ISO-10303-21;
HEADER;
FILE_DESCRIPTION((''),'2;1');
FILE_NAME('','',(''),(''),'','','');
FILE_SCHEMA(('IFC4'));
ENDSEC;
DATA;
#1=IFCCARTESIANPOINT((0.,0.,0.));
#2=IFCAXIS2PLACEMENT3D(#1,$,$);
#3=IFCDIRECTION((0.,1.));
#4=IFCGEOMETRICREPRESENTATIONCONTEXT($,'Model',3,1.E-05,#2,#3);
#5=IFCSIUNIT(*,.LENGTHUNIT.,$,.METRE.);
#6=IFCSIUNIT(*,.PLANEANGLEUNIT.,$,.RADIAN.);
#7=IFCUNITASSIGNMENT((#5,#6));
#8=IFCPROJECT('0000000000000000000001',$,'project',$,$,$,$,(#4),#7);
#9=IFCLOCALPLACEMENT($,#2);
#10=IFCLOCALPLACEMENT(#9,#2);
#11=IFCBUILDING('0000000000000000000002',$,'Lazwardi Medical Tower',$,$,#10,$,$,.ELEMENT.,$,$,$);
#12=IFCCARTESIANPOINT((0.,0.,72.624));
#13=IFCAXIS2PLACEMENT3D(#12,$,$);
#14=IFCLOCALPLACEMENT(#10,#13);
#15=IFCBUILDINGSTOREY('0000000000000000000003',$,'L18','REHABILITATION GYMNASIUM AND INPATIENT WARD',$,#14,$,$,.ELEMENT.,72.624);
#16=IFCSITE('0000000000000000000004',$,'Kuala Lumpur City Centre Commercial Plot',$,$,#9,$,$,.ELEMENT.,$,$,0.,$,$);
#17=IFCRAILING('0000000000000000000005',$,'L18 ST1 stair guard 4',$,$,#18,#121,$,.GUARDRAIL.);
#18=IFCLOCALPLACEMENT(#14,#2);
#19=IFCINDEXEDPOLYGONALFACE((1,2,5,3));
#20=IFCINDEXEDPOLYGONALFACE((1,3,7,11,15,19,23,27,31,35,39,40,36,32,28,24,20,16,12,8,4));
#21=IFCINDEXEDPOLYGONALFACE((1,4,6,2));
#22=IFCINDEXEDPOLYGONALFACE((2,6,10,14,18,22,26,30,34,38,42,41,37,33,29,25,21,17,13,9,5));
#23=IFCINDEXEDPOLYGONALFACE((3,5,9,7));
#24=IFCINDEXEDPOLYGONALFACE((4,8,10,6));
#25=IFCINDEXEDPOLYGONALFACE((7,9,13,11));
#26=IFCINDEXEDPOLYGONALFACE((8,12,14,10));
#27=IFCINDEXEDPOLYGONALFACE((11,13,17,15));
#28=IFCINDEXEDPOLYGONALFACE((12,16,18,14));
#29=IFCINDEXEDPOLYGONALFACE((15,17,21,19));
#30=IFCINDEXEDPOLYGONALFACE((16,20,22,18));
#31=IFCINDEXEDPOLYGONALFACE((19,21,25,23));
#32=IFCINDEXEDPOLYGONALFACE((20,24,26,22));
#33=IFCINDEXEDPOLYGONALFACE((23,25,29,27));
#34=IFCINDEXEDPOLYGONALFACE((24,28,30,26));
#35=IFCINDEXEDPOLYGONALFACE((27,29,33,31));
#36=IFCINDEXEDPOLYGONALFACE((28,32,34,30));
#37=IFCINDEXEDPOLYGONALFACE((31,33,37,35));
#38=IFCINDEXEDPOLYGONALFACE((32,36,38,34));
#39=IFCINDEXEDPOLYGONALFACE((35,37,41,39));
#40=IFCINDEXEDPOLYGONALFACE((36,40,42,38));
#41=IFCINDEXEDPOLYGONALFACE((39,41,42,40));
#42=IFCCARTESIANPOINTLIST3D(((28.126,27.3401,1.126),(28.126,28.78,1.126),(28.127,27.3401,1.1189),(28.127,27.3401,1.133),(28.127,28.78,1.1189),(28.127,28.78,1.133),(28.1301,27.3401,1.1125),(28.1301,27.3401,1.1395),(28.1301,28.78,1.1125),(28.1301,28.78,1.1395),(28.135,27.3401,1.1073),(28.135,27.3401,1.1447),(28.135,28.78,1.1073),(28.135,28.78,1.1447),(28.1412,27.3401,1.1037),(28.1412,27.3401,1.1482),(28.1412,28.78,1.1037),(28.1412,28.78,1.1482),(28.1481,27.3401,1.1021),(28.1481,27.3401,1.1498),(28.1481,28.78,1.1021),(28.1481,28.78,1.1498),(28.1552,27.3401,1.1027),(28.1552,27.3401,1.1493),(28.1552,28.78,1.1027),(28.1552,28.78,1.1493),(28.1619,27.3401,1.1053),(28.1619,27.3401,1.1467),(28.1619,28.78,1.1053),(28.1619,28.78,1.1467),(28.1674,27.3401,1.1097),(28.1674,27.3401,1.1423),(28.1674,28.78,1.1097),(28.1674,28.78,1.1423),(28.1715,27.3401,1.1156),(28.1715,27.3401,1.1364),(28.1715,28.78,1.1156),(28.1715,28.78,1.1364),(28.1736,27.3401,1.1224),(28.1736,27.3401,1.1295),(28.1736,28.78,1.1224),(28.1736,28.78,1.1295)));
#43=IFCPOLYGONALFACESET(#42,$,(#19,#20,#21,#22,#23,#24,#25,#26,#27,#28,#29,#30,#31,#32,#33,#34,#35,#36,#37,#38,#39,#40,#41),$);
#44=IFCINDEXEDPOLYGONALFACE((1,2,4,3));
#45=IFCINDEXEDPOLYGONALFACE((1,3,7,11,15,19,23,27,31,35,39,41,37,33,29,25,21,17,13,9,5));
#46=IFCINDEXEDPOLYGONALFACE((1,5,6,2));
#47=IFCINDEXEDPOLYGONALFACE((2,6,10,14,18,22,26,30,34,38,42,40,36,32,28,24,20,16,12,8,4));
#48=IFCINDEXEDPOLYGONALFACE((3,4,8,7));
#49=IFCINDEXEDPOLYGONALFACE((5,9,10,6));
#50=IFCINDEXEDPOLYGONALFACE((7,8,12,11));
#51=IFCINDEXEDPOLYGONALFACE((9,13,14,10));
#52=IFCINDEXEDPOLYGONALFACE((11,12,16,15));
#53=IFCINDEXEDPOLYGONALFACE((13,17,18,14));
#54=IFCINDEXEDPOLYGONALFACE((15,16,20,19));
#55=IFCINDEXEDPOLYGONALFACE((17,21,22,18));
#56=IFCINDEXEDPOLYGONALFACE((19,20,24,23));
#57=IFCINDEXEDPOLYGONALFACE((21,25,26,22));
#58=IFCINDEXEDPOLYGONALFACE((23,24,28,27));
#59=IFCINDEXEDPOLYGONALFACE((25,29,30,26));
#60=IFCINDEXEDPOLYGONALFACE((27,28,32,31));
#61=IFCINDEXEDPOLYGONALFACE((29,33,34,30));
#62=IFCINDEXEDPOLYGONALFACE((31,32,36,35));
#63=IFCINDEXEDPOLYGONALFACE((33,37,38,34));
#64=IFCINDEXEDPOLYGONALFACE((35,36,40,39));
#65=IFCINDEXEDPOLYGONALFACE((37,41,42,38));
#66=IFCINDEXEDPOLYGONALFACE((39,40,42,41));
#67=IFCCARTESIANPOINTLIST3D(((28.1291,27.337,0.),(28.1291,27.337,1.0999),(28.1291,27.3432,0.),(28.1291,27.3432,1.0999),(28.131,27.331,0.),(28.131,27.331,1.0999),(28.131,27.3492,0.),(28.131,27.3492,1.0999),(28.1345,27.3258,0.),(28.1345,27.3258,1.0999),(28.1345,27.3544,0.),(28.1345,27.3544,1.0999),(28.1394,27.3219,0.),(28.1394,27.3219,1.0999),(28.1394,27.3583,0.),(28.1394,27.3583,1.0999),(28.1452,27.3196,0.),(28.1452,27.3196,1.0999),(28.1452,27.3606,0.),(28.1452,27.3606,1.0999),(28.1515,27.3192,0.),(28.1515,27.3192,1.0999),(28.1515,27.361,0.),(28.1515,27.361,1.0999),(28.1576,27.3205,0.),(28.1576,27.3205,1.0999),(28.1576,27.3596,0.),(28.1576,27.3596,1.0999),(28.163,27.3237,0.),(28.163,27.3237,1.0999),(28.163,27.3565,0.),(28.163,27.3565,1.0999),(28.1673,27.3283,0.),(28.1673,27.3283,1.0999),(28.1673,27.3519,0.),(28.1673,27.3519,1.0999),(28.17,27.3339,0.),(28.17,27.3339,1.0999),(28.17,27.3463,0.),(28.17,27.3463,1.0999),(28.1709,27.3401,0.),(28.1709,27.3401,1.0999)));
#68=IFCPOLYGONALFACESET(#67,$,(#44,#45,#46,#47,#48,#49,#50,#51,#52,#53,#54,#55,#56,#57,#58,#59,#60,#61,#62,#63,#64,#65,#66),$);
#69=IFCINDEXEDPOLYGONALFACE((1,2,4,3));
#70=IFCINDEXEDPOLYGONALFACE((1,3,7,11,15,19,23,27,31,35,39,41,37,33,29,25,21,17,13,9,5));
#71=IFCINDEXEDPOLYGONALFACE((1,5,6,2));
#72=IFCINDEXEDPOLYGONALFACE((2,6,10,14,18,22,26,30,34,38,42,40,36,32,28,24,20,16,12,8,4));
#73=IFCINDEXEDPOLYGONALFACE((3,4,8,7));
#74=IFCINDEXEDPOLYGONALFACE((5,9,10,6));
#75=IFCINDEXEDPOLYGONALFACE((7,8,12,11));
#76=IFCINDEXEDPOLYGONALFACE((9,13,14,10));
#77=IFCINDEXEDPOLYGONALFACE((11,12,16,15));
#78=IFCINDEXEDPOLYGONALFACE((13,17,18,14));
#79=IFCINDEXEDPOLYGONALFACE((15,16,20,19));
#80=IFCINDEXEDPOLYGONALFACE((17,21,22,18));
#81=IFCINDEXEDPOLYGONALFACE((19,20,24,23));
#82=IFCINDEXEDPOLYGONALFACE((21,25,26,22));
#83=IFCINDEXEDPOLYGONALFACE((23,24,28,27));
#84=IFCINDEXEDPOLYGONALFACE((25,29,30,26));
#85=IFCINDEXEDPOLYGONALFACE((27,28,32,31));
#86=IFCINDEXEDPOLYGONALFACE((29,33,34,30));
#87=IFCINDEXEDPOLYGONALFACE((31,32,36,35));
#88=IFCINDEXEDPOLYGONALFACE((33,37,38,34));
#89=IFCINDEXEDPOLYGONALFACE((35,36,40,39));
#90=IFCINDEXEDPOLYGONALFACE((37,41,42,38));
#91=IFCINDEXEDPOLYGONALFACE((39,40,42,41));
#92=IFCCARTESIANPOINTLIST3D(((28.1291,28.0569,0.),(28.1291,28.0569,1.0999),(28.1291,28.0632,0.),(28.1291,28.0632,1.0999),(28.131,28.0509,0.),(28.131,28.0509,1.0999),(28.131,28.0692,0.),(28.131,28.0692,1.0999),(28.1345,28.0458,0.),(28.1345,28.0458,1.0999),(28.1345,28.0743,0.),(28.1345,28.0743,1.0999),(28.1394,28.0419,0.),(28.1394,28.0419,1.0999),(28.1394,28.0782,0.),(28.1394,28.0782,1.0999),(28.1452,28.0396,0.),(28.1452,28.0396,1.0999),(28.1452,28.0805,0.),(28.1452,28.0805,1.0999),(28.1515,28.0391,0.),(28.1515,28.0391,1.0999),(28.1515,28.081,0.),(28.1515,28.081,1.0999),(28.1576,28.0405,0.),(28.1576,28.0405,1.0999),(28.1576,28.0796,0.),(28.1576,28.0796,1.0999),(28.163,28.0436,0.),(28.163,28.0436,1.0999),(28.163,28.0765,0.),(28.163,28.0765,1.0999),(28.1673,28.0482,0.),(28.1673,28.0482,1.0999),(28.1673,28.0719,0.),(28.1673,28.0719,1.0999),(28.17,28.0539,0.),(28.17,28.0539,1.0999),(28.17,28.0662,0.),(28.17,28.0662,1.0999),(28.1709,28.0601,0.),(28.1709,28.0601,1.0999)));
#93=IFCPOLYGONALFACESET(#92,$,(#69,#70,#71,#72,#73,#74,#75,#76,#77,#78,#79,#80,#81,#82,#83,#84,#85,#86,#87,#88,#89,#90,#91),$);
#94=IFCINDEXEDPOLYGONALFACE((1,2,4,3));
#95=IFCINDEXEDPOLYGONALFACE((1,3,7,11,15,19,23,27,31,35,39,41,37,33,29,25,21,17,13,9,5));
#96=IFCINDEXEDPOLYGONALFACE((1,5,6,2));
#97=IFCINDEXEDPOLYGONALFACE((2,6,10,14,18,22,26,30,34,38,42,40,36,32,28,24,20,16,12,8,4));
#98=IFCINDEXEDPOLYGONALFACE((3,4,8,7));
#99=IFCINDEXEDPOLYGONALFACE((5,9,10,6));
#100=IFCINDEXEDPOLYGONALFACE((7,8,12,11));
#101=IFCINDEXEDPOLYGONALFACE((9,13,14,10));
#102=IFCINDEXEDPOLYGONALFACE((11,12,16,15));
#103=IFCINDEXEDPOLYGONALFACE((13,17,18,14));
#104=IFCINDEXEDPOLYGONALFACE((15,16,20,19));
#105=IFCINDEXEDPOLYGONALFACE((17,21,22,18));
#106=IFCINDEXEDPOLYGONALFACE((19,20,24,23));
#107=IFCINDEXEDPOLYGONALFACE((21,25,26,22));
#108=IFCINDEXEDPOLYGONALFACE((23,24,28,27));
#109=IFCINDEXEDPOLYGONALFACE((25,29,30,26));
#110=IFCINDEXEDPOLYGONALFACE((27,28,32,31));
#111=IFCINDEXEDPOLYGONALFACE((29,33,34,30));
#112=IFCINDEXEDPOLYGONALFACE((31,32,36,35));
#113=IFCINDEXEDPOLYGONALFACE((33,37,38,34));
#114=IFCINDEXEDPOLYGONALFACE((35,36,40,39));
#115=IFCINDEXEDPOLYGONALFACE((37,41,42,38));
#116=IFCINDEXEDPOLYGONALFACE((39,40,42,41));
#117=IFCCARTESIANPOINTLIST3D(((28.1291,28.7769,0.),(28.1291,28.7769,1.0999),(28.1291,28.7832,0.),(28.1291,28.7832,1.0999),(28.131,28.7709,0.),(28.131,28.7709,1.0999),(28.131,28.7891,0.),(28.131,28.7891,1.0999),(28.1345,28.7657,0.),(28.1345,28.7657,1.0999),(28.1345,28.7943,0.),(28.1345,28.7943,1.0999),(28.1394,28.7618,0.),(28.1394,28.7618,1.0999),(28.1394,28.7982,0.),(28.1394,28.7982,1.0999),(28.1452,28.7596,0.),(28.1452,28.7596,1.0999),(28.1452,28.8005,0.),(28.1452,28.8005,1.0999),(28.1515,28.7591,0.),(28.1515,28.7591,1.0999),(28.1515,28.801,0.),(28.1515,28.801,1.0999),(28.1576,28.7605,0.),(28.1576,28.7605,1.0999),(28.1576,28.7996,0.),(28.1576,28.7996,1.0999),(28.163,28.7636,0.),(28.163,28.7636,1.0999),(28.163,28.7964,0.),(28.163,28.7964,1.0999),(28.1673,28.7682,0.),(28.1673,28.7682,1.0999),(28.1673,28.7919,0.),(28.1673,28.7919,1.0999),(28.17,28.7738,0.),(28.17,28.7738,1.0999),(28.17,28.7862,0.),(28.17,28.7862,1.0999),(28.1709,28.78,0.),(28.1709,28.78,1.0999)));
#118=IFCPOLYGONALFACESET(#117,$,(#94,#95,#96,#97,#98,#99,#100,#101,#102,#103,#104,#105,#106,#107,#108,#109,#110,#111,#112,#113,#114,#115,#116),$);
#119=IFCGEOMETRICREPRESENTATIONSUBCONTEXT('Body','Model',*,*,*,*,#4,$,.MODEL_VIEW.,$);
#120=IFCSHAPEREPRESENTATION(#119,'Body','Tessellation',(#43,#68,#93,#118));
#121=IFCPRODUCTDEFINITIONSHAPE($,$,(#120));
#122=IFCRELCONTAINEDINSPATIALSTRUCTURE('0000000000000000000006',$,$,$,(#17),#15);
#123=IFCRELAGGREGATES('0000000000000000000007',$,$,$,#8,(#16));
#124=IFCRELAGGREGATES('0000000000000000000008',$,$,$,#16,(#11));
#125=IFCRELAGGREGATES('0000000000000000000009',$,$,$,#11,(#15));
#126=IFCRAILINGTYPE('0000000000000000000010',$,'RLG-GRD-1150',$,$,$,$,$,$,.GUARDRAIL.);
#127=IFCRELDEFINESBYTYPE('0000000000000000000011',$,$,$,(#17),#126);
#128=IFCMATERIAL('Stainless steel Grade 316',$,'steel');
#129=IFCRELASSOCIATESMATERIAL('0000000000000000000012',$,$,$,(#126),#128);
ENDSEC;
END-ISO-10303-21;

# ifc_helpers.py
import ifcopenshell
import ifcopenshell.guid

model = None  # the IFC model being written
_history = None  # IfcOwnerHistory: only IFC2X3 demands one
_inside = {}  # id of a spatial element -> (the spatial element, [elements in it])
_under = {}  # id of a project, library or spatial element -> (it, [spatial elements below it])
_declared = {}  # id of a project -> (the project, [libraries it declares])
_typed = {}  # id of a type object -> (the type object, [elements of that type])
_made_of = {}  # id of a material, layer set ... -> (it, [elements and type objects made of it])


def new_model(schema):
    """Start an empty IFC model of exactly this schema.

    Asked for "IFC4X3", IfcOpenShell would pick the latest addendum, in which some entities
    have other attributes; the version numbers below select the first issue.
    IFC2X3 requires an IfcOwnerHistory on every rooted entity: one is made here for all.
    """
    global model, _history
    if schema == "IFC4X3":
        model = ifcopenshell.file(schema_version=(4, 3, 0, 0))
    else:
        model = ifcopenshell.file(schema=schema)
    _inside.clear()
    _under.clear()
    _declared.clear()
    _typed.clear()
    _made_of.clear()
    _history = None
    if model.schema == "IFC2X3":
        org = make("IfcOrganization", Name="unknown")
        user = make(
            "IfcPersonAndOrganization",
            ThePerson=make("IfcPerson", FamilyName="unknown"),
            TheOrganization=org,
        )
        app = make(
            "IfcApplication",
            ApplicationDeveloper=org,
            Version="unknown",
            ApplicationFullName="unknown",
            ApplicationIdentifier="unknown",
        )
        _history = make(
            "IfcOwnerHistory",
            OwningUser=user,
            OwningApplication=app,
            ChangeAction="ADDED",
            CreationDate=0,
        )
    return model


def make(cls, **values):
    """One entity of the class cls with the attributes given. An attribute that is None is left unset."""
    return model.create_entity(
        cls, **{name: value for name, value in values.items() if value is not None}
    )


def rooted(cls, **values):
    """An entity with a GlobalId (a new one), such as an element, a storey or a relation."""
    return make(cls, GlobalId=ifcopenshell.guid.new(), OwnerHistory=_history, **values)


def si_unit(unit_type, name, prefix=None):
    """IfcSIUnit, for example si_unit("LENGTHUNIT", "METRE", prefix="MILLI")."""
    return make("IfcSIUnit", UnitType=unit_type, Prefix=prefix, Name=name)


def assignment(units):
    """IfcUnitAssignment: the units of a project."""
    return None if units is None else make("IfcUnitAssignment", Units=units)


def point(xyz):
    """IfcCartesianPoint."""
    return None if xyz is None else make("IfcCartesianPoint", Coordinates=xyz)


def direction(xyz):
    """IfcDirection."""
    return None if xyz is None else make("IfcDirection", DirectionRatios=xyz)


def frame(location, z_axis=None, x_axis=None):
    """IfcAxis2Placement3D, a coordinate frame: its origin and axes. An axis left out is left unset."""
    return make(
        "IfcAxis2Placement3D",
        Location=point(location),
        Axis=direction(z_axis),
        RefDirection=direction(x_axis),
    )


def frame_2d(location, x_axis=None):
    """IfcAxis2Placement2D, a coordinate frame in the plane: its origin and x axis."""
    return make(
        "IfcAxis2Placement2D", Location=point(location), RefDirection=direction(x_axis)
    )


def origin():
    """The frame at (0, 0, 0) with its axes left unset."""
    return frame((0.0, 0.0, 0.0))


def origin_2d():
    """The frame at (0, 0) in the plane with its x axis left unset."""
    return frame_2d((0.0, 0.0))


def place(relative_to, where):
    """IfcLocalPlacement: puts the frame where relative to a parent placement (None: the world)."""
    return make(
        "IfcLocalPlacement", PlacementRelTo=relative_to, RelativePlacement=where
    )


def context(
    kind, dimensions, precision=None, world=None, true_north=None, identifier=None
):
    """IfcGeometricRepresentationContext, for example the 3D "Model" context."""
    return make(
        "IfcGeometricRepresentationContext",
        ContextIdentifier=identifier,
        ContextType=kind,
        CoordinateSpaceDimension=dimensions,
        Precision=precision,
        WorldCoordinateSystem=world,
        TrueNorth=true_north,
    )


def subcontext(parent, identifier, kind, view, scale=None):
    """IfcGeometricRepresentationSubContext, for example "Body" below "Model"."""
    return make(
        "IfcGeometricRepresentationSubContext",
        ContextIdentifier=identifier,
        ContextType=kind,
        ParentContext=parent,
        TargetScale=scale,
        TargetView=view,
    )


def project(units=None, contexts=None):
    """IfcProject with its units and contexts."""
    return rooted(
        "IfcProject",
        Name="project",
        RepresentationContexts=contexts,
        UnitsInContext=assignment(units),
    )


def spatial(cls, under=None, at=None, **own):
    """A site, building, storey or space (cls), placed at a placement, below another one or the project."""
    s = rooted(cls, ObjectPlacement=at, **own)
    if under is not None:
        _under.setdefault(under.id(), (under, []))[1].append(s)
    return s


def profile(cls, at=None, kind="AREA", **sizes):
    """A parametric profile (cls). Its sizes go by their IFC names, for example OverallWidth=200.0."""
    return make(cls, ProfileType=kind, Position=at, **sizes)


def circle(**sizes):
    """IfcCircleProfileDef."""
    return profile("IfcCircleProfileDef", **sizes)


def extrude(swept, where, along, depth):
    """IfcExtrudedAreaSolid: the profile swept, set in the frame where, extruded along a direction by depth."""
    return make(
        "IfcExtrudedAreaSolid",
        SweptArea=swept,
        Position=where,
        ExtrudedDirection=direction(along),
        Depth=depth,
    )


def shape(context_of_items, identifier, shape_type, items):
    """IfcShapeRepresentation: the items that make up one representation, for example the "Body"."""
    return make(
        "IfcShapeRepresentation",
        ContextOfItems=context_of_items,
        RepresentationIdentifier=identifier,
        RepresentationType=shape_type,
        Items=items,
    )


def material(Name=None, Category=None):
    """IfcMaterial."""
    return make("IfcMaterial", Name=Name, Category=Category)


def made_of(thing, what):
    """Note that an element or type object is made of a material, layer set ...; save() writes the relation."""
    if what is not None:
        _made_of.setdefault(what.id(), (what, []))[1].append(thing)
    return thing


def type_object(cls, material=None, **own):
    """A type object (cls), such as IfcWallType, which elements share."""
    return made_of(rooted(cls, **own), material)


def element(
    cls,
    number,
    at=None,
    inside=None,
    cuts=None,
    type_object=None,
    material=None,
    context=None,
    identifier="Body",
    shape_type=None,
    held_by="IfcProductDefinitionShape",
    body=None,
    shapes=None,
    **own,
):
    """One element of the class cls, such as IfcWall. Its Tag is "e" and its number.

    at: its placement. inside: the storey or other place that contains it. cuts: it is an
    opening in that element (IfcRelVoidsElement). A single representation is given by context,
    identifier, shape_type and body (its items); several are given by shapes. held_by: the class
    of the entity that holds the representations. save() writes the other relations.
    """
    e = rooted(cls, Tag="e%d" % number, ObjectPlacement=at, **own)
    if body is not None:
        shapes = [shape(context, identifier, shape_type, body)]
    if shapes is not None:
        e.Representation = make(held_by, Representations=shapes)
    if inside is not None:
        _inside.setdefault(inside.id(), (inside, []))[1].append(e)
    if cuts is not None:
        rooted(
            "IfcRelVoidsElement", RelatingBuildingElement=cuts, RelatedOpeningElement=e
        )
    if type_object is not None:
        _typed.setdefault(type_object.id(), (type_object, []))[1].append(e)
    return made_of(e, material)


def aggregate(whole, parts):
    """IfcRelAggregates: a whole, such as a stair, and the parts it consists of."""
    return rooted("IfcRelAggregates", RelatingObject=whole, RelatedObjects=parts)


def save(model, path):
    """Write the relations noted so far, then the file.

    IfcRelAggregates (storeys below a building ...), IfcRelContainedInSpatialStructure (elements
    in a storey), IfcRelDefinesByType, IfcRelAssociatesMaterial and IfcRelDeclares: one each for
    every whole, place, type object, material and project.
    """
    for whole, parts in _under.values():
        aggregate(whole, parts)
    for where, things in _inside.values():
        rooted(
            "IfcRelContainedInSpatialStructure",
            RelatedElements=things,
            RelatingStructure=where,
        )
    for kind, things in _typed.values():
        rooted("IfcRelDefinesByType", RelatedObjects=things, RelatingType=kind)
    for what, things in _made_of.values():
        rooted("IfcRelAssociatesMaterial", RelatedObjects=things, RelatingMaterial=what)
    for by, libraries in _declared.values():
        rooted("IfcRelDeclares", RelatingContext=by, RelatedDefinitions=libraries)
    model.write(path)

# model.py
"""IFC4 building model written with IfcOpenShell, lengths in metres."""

from ifc_helpers import new_model, si_unit, direction, frame, origin, origin_2d, place, context, subcontext, project, spatial, circle, extrude, material, type_object, element, save


model = new_model("IFC4")

# Units and contexts
model_context = context("Model", 3, precision=1e-05, world=origin(), true_north=direction((0.0, 1.0)))
body_context = subcontext(model_context, "Body", "Model", "MODEL_VIEW")
ifc_project = project(units=[si_unit("LENGTHUNIT", "METRE"), si_unit("PLANEANGLEUNIT", "RADIAN")], contexts=[model_context])

# Site, building, storey
site_placement = place(None, origin())
site = spatial("IfcSite", under=ifc_project, at=site_placement, Name="Kuala Lumpur City Centre Commercial Plot", CompositionType="ELEMENT", RefElevation=0.0)
building_placement = place(site_placement, origin())
building = spatial("IfcBuilding", under=site, at=building_placement, Name="Lazwardi Medical Tower", CompositionType="ELEMENT")
storey_placement = place(building_placement, frame((0.0, 0.0, 72.624)))
storey = spatial("IfcBuildingStorey", under=building, at=storey_placement, Name="L18", Description="REHABILITATION GYMNASIUM AND INPATIENT WARD", CompositionType="ELEMENT", Elevation=72.624)

# Railing
ifc_material_1 = material(Name="Stainless steel Grade 316", Category="steel")
railing_type_1 = type_object("IfcRailingType", Name="RLG-GRD-1150", PredefinedType="GUARDRAIL", material=ifc_material_1)
railing_1_placement = place(storey_placement, frame((28.1499, 27.3401, 0.0)))
element("IfcRailing", 1, at=railing_1_placement, inside=storey, type_object=railing_type_1, Name="L18 ST1 stair guard 4", PredefinedType="GUARDRAIL", context=body_context, shape_type="SweptSolid", body=[
    extrude(circle(Radius=0.0239, at=origin_2d()), frame((0.0, 0.0, 1.126), z_axis=(0.0, 1.0, 0.0), x_axis=(-1.0, 0.0, 0.0)), (0.0, 0.0, 1.0), 1.4399),
    extrude(circle(Radius=0.021, at=origin_2d()), origin(), (0.0, 0.0, 1.0), 1.0999),
    extrude(circle(Radius=0.021, at=origin_2d()), frame((0.0, 0.72, 0.0)), (0.0, 0.0, 1.0), 1.0999),
    extrude(circle(Radius=0.021, at=origin_2d()), frame((0.0, 1.4399, 0.0)), (0.0, 0.0, 1.0), 1.0999),
])

save(model, "model.ifc")
